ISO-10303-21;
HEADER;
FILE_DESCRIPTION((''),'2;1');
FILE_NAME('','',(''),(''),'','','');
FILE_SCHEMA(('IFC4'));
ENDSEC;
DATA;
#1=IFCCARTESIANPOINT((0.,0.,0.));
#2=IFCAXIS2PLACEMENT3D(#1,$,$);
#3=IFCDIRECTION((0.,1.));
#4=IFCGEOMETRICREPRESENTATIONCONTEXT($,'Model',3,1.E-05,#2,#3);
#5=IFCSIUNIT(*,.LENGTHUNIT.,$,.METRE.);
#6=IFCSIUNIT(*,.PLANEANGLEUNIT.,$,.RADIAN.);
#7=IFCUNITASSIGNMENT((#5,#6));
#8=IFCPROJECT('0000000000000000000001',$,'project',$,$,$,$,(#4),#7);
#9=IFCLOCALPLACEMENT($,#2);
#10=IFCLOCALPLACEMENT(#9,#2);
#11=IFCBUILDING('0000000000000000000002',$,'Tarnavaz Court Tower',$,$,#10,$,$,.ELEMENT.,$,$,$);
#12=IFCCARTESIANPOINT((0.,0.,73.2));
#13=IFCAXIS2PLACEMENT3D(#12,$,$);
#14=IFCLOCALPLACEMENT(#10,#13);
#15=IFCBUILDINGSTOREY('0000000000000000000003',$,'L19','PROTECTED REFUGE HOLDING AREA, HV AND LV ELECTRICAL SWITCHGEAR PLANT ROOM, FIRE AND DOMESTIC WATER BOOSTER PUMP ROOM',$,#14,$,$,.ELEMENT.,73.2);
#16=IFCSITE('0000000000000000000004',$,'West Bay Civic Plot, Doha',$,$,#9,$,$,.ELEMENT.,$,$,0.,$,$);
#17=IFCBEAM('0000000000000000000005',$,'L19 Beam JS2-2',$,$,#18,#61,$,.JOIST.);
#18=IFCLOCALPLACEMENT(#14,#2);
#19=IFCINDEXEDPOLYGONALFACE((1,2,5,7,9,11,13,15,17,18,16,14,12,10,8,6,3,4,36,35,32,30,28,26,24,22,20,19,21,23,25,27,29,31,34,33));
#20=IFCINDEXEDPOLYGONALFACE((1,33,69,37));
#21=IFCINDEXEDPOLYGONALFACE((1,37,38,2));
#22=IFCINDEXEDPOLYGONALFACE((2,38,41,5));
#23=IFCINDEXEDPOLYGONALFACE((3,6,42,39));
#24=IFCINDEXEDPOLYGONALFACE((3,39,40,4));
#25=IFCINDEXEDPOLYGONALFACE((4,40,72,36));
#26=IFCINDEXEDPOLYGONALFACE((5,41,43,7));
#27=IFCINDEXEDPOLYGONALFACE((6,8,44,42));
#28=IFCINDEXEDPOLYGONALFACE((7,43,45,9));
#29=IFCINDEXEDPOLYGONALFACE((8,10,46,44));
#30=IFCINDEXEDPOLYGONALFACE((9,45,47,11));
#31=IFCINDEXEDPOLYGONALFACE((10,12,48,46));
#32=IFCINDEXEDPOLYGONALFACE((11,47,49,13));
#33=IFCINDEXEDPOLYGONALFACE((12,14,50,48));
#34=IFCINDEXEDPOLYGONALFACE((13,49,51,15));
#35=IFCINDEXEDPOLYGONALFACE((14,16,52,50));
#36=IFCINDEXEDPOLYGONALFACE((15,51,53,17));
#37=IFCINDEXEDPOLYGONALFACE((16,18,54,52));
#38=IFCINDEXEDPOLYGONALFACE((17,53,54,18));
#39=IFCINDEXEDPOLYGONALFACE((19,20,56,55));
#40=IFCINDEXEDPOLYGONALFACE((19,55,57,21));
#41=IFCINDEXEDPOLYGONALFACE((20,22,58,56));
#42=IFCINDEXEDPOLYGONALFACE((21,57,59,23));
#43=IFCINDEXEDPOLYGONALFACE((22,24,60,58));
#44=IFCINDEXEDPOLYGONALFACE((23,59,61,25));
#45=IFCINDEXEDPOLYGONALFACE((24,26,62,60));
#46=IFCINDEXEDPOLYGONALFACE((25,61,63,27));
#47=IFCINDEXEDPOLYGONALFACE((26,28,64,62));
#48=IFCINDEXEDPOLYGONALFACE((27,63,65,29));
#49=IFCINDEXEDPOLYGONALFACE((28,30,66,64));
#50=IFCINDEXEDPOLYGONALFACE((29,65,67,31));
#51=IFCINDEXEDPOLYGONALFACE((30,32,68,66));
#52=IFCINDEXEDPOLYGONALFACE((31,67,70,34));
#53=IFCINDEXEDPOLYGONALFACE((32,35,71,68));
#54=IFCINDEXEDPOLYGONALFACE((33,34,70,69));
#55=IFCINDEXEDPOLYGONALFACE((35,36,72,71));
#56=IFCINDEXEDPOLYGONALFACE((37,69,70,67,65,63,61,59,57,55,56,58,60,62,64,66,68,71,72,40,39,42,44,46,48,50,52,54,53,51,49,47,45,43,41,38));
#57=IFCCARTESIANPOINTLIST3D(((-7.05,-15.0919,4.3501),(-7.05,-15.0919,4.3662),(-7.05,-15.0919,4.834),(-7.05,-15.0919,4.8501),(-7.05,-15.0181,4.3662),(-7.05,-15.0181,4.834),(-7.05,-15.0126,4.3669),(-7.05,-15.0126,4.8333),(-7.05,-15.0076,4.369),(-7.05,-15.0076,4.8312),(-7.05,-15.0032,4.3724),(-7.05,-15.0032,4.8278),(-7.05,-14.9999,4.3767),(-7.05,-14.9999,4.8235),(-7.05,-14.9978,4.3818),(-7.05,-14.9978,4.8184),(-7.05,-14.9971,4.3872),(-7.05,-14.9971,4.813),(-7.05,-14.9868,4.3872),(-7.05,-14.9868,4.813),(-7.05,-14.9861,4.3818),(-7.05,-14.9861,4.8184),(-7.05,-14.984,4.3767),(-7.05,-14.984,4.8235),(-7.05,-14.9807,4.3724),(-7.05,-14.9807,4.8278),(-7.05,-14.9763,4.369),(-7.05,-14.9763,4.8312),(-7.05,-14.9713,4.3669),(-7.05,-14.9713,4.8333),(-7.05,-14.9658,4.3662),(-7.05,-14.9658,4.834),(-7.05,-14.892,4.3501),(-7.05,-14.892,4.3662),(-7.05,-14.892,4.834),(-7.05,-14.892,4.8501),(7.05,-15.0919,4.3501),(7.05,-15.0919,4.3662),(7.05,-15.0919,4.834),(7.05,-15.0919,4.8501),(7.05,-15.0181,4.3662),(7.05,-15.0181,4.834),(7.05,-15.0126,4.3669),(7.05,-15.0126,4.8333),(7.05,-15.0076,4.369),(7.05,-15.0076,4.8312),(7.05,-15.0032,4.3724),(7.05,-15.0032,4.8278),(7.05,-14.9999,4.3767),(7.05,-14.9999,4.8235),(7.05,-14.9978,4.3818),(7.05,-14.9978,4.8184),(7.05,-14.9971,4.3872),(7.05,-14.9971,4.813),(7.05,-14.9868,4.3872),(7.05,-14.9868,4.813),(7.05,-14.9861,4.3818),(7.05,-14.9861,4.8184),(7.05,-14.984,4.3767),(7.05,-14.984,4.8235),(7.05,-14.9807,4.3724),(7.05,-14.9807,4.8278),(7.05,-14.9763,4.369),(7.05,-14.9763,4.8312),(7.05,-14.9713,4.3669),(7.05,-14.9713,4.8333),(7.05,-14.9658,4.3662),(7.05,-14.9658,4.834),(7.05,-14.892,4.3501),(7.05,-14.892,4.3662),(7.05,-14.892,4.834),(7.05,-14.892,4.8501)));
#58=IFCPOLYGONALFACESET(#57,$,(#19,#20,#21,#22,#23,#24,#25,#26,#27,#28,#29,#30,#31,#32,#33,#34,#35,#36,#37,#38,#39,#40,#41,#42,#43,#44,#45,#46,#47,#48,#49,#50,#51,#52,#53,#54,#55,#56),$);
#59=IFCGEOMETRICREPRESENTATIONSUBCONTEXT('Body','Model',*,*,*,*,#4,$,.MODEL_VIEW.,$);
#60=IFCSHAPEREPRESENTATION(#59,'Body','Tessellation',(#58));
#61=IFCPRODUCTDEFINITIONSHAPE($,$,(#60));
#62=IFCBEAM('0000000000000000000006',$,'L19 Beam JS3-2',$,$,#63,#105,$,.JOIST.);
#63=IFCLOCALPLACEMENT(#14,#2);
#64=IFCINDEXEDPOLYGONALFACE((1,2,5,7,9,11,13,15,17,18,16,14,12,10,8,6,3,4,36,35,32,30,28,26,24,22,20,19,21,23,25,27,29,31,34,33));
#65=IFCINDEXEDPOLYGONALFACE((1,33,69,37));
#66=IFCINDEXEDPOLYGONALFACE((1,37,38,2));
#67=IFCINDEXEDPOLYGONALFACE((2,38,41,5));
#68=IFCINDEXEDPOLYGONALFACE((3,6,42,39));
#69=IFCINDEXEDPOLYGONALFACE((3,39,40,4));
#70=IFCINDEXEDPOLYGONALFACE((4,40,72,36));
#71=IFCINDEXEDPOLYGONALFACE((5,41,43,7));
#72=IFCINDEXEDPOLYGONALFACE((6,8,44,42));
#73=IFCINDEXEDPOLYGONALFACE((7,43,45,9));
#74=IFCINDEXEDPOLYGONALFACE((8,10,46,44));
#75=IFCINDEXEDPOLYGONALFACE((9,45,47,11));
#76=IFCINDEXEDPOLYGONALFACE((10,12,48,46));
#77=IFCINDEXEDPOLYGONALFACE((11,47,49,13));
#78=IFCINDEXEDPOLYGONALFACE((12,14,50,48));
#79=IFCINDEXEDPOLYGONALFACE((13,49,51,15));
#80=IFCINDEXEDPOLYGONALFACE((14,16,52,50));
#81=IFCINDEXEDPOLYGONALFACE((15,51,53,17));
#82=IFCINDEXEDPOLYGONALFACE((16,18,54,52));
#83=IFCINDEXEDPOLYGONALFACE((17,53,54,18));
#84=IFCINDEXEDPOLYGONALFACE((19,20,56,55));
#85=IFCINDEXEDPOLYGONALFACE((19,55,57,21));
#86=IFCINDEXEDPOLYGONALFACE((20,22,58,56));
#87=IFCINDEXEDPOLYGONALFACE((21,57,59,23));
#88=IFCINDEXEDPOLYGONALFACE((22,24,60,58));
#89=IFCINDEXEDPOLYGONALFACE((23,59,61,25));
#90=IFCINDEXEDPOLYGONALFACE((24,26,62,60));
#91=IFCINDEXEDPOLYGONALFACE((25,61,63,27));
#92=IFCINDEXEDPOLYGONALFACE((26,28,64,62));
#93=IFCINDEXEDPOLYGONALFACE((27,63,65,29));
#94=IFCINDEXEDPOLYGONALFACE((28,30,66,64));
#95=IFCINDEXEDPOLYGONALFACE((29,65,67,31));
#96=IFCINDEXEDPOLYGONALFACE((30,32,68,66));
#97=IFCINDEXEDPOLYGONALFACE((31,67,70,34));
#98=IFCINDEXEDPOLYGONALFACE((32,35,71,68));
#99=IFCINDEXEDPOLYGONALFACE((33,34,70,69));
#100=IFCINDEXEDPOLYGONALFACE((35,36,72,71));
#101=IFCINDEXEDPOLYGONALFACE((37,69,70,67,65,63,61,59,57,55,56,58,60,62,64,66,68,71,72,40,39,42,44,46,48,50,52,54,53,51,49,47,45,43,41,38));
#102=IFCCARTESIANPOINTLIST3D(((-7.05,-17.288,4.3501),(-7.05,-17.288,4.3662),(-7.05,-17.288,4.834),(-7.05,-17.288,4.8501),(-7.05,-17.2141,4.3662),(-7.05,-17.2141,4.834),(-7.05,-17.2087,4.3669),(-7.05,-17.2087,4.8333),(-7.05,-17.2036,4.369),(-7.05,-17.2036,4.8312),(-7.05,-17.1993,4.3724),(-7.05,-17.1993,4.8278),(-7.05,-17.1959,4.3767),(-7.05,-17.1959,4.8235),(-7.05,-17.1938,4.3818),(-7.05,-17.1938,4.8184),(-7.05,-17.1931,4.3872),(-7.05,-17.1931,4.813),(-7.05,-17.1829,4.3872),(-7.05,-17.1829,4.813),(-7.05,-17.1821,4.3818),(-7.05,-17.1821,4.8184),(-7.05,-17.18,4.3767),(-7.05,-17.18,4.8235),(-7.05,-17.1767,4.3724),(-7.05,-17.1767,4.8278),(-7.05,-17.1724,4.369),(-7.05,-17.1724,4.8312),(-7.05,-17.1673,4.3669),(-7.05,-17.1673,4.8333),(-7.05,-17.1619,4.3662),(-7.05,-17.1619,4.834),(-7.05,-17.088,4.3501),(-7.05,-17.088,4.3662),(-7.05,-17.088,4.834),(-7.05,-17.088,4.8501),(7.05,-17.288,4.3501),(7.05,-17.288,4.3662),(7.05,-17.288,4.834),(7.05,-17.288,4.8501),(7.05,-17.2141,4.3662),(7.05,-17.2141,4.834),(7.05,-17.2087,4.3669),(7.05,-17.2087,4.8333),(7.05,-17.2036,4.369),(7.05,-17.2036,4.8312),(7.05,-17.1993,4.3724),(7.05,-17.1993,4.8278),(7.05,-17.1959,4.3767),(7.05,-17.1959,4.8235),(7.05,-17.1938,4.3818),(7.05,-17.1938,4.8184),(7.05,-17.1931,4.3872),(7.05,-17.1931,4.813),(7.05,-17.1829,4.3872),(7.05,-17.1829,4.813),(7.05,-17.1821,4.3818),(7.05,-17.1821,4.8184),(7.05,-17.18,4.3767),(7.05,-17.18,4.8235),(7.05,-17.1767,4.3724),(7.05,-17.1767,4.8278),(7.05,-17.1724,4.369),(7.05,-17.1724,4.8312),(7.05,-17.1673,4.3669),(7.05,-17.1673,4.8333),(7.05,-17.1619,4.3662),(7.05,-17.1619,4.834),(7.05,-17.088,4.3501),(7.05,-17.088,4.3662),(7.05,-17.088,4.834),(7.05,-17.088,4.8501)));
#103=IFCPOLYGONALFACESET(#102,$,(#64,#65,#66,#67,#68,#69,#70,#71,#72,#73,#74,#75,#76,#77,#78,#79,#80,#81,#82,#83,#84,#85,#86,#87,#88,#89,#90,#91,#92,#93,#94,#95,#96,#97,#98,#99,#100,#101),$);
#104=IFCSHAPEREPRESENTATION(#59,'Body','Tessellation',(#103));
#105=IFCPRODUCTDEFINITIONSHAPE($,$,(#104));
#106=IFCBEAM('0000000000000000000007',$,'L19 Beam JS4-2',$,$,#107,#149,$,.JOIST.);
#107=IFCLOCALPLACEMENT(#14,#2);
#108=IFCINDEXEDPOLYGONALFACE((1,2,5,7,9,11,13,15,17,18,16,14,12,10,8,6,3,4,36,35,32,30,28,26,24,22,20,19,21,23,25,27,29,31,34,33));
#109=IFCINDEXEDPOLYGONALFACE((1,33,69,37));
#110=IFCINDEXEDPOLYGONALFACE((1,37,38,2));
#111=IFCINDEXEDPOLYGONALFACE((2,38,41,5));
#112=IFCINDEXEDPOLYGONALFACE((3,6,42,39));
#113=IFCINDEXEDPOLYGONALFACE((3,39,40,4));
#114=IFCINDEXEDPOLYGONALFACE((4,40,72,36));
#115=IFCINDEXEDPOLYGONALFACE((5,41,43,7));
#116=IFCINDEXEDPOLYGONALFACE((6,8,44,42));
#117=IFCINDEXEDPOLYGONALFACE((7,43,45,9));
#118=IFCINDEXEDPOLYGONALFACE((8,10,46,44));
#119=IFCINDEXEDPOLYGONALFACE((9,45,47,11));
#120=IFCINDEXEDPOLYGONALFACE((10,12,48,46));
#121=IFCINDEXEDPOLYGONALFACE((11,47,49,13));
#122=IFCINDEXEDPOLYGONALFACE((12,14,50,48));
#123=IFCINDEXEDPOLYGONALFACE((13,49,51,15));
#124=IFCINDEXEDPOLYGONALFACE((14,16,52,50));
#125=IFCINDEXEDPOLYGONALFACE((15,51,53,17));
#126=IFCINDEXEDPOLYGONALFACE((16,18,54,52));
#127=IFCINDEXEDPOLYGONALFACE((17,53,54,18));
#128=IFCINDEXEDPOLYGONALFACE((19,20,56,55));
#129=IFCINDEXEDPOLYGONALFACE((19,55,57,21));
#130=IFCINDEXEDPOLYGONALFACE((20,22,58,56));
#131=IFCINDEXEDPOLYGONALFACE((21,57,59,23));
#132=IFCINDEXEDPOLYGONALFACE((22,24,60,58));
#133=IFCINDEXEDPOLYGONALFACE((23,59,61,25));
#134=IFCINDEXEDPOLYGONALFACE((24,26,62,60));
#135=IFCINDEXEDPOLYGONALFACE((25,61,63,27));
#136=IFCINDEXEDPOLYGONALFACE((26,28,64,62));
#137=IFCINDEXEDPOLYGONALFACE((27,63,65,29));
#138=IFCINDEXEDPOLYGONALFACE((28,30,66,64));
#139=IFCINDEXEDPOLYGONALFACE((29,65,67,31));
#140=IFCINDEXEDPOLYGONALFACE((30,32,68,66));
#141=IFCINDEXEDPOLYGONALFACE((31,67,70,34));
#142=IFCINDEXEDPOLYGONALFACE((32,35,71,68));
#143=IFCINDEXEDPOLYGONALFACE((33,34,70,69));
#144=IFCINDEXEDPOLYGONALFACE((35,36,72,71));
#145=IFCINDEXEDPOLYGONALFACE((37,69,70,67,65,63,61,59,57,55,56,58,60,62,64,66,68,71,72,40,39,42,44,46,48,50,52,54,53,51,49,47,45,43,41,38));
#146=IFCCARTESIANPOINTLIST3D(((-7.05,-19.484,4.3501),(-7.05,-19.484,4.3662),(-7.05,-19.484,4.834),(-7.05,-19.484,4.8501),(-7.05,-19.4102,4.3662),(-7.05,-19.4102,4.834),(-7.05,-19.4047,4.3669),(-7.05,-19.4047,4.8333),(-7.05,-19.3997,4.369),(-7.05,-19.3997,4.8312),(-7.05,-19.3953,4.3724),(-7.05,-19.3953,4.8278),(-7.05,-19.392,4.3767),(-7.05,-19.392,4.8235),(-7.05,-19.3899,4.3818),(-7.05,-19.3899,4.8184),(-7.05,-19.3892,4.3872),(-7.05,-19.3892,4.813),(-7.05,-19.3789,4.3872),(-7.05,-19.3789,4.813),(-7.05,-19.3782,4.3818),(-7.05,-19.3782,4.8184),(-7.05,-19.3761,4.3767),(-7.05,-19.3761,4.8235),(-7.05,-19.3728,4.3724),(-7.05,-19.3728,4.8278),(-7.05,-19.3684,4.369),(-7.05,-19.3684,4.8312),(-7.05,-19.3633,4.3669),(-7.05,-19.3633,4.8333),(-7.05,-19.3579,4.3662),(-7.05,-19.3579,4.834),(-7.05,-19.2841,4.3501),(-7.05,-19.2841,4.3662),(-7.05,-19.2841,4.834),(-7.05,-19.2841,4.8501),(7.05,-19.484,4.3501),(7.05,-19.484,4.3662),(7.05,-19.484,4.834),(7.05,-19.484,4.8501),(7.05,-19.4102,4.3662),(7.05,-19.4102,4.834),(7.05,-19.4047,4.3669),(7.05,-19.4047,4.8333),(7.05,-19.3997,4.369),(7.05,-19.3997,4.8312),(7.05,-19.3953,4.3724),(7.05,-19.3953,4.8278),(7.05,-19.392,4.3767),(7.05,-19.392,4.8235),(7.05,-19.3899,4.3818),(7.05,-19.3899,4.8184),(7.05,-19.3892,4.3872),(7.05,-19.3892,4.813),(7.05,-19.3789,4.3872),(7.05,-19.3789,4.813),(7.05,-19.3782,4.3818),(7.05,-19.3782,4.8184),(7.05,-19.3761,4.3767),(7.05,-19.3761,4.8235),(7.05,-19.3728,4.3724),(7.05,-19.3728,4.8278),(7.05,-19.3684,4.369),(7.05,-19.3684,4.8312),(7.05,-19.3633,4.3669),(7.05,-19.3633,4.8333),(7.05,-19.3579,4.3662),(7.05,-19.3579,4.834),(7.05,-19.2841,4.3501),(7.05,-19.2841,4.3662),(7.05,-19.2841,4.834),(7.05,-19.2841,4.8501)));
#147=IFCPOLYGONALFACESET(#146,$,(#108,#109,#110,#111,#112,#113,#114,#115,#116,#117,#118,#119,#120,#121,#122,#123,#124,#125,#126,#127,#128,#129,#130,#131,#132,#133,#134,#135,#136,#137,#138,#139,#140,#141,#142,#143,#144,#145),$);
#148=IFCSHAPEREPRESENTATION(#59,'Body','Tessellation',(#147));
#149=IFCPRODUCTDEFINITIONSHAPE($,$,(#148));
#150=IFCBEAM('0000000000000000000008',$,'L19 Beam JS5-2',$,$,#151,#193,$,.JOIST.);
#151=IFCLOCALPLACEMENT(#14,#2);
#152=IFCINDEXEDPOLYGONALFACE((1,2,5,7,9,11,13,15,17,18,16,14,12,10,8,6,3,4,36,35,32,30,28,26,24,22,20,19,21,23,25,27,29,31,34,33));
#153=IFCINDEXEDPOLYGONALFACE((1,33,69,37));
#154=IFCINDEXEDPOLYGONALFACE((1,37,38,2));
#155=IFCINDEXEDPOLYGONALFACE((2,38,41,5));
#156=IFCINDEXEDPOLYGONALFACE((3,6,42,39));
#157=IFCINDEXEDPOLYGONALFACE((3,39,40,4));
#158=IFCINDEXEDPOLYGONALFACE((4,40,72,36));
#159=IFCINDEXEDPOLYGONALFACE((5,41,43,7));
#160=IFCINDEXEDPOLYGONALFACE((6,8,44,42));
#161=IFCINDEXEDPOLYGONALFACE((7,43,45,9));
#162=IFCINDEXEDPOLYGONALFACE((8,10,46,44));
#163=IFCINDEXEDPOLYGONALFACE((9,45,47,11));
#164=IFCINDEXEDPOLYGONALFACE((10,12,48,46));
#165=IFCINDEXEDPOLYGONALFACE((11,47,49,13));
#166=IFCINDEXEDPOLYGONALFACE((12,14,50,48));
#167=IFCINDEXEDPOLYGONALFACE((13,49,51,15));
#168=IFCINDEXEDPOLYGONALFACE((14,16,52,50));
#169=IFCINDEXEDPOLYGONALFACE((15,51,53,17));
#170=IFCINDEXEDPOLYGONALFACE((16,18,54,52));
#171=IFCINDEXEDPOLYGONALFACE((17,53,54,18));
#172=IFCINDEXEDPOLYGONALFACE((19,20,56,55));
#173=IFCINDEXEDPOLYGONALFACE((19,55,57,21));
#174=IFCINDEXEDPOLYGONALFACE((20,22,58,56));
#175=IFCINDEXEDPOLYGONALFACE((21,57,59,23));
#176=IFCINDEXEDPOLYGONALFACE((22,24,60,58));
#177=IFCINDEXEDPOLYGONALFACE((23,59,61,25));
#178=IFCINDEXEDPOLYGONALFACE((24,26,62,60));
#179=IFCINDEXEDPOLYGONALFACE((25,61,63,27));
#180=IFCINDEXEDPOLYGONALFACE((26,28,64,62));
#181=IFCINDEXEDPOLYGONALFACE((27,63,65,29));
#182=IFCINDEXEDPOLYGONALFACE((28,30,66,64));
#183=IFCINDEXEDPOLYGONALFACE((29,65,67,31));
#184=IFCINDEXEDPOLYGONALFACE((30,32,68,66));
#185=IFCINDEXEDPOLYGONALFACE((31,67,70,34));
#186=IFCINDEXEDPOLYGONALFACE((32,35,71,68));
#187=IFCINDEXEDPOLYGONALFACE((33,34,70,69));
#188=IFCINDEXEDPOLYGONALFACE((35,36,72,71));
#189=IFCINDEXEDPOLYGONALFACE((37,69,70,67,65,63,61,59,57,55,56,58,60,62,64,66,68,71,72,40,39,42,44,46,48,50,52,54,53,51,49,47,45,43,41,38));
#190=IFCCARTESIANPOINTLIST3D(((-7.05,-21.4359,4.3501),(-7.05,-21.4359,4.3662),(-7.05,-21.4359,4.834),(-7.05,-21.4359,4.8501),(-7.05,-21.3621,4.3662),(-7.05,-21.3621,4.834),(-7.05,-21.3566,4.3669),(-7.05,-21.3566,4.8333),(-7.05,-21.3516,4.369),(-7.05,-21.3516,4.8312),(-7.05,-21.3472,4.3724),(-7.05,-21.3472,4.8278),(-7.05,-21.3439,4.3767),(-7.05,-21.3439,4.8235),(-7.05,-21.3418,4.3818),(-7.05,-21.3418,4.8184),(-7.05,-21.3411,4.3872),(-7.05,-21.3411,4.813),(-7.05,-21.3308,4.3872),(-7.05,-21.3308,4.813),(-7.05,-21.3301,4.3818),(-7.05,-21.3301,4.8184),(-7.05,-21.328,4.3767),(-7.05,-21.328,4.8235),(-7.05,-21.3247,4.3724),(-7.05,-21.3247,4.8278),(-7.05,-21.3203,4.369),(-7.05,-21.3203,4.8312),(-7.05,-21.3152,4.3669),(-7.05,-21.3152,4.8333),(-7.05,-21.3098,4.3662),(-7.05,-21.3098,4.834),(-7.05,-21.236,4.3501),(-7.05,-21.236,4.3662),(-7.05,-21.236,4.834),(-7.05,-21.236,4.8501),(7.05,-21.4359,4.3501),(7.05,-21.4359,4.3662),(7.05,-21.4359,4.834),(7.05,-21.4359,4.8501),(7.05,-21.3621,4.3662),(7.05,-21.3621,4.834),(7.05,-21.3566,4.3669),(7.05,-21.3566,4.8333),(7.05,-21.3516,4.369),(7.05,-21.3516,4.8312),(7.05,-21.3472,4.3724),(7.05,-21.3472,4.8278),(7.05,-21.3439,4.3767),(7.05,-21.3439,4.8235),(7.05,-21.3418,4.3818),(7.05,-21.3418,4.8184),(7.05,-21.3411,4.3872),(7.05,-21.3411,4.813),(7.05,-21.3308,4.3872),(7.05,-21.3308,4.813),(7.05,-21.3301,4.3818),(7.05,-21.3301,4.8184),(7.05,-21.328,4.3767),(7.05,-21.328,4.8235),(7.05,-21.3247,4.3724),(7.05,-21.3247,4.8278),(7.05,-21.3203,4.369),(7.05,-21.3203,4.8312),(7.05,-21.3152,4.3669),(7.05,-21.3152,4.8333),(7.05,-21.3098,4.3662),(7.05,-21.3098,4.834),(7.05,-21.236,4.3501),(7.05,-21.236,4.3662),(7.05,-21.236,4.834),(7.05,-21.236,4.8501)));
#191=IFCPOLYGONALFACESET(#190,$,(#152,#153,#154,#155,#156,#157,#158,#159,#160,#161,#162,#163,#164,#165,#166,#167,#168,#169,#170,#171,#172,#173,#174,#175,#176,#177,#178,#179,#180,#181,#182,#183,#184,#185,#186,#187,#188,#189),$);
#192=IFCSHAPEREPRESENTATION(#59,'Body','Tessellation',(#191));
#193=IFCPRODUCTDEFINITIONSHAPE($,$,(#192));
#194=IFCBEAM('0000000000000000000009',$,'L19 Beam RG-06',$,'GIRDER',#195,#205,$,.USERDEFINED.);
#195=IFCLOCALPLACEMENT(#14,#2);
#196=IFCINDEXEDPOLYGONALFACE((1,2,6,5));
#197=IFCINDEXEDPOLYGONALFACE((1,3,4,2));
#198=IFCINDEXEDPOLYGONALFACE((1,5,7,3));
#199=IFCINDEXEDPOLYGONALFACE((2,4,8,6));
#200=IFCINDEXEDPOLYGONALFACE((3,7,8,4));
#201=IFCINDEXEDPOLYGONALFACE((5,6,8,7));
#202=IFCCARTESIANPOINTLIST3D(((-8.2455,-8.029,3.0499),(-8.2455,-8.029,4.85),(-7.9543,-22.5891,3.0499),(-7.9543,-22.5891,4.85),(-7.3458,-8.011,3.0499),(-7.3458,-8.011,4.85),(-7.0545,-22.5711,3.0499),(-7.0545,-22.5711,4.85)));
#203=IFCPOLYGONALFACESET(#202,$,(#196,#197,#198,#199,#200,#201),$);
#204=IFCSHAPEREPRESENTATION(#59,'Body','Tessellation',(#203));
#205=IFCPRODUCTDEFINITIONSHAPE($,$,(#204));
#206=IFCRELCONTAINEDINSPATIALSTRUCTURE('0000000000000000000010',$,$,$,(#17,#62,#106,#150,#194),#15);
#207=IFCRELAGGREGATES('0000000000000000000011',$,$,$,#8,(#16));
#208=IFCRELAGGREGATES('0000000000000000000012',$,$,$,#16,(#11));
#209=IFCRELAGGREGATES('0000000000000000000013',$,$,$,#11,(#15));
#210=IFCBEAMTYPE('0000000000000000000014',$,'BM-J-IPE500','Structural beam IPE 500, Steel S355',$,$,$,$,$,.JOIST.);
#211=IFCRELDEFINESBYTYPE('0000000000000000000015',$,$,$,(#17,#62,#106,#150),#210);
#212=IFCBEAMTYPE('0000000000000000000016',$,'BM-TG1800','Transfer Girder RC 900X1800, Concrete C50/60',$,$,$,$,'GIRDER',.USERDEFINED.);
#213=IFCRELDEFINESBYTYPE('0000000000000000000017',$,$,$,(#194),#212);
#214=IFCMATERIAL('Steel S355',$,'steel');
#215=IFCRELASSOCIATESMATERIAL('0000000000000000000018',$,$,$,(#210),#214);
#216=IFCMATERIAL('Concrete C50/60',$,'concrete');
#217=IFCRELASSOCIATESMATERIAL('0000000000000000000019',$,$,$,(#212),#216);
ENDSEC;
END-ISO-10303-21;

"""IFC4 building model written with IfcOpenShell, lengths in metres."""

from ifc_helpers import new_model, si_unit, direction, frame, origin, origin_2d, place, context, subcontext, project, spatial, rectangle, i_section, extrude, material, material_profile, profile_set, type_object, element, save


model = new_model("IFC4")

# Units and contexts
model_context = context("Model", 3, precision=1e-05, world=origin(), true_north=direction((0.0, 1.0)))
body_context = subcontext(model_context, "Body", "Model", "MODEL_VIEW")
ifc_project = project(units=[si_unit("LENGTHUNIT", "METRE"), si_unit("PLANEANGLEUNIT", "RADIAN")], contexts=[model_context])

# Site, building, storey
site_placement = place(None, origin())
site = spatial("IfcSite", under=ifc_project, at=site_placement, Name="West Bay Civic Plot, Doha", CompositionType="ELEMENT", RefElevation=0.0)
building_placement = place(site_placement, origin())
building = spatial("IfcBuilding", under=site, at=building_placement, Name="Tarnavaz Court Tower", CompositionType="ELEMENT")
storey_placement = place(building_placement, frame((0.0, 0.0, 73.2)))
storey = spatial("IfcBuildingStorey", under=building, at=storey_placement, Name="L19", Description="PROTECTED REFUGE HOLDING AREA, HV AND LV ELECTRICAL SWITCHGEAR PLANT ROOM, FIRE AND DOMESTIC WATER BOOSTER PUMP ROOM", CompositionType="ELEMENT", Elevation=73.2)

# Beams
ifc_material_1 = material(Name="Steel S355", Category="steel")
ifc_material_profile_1 = material_profile(ifc_material_1, i_section(OverallWidth=0.2, OverallDepth=0.5, WebThickness=0.0103, FlangeThickness=0.0161, FilletRadius=0.021, at=origin_2d()), Name="IPE 500")
ifc_profile_set_1 = profile_set([ifc_material_profile_1], Name="Steel S355")
beam_type_1 = type_object("IfcBeamType", Name="BM-J-IPE500", Description="Structural beam IPE 500, Steel S355", PredefinedType="JOIST", material=ifc_profile_set_1)
for number, where, z_axis, x_axis, name in (
    (1, (-7.05, -14.9919, 4.6001), (1.0, 0.0, 0.0), (0.0, 1.0, 0.0), "L19 Beam JS2-2"),
    (2, (-7.05, -17.188, 4.6001), (1.0, 0.0, 0.0), (0.0, 1.0, 0.0), "L19 Beam JS3-2"),
    (3, (-7.05, -19.384, 4.6001), (1.0, 0.0, 0.0), (0.0, 1.0, 0.0), "L19 Beam JS4-2"),
    (4, (-7.05, -21.3359, 4.6001), (1.0, 0.0, 0.0), (0.0, 1.0, 0.0), "L19 Beam JS5-2"),
):
    element("IfcBeam", number, at=place(storey_placement, frame(where, z_axis=z_axis, x_axis=x_axis)), inside=storey, type_object=beam_type_1, Name=name, PredefinedType="JOIST", context=body_context, shape_type="SweptSolid", body=[
        extrude(i_section(OverallWidth=0.2, OverallDepth=0.5, WebThickness=0.0103, FlangeThickness=0.0161, FilletRadius=0.021, at=origin_2d()), origin(), (0.0, 0.0, 1.0), 14.1001),
    ])
ifc_material_2 = material(Name="Concrete C50/60", Category="concrete")
ifc_material_profile_2 = material_profile(ifc_material_2, rectangle(XDim=0.8999, YDim=1.8, at=origin_2d()), Name="RC 900X1800")
ifc_profile_set_2 = profile_set([ifc_material_profile_2], Name="Concrete C50/60")
beam_type_2 = type_object("IfcBeamType", Name="BM-TG1800", Description="Transfer Girder RC 900X1800, Concrete C50/60", ElementType="GIRDER", PredefinedType="USERDEFINED", material=ifc_profile_set_2)
beam_1_placement = place(storey_placement, frame((-7.7957, -8.02, 3.95), z_axis=(0.02, -0.9998, 0.0), x_axis=(0.9998, 0.02, 0.0)))
element("IfcBeam", 5, at=beam_1_placement, inside=storey, type_object=beam_type_2, Name="L19 Beam RG-06", ObjectType="GIRDER", PredefinedType="USERDEFINED", context=body_context, shape_type="SweptSolid", body=[
    extrude(rectangle(XDim=0.8999, YDim=1.8, at=origin_2d()), origin(), (0.0, 0.0, 1.0), 14.563),
])

save(model, "model.ifc")
